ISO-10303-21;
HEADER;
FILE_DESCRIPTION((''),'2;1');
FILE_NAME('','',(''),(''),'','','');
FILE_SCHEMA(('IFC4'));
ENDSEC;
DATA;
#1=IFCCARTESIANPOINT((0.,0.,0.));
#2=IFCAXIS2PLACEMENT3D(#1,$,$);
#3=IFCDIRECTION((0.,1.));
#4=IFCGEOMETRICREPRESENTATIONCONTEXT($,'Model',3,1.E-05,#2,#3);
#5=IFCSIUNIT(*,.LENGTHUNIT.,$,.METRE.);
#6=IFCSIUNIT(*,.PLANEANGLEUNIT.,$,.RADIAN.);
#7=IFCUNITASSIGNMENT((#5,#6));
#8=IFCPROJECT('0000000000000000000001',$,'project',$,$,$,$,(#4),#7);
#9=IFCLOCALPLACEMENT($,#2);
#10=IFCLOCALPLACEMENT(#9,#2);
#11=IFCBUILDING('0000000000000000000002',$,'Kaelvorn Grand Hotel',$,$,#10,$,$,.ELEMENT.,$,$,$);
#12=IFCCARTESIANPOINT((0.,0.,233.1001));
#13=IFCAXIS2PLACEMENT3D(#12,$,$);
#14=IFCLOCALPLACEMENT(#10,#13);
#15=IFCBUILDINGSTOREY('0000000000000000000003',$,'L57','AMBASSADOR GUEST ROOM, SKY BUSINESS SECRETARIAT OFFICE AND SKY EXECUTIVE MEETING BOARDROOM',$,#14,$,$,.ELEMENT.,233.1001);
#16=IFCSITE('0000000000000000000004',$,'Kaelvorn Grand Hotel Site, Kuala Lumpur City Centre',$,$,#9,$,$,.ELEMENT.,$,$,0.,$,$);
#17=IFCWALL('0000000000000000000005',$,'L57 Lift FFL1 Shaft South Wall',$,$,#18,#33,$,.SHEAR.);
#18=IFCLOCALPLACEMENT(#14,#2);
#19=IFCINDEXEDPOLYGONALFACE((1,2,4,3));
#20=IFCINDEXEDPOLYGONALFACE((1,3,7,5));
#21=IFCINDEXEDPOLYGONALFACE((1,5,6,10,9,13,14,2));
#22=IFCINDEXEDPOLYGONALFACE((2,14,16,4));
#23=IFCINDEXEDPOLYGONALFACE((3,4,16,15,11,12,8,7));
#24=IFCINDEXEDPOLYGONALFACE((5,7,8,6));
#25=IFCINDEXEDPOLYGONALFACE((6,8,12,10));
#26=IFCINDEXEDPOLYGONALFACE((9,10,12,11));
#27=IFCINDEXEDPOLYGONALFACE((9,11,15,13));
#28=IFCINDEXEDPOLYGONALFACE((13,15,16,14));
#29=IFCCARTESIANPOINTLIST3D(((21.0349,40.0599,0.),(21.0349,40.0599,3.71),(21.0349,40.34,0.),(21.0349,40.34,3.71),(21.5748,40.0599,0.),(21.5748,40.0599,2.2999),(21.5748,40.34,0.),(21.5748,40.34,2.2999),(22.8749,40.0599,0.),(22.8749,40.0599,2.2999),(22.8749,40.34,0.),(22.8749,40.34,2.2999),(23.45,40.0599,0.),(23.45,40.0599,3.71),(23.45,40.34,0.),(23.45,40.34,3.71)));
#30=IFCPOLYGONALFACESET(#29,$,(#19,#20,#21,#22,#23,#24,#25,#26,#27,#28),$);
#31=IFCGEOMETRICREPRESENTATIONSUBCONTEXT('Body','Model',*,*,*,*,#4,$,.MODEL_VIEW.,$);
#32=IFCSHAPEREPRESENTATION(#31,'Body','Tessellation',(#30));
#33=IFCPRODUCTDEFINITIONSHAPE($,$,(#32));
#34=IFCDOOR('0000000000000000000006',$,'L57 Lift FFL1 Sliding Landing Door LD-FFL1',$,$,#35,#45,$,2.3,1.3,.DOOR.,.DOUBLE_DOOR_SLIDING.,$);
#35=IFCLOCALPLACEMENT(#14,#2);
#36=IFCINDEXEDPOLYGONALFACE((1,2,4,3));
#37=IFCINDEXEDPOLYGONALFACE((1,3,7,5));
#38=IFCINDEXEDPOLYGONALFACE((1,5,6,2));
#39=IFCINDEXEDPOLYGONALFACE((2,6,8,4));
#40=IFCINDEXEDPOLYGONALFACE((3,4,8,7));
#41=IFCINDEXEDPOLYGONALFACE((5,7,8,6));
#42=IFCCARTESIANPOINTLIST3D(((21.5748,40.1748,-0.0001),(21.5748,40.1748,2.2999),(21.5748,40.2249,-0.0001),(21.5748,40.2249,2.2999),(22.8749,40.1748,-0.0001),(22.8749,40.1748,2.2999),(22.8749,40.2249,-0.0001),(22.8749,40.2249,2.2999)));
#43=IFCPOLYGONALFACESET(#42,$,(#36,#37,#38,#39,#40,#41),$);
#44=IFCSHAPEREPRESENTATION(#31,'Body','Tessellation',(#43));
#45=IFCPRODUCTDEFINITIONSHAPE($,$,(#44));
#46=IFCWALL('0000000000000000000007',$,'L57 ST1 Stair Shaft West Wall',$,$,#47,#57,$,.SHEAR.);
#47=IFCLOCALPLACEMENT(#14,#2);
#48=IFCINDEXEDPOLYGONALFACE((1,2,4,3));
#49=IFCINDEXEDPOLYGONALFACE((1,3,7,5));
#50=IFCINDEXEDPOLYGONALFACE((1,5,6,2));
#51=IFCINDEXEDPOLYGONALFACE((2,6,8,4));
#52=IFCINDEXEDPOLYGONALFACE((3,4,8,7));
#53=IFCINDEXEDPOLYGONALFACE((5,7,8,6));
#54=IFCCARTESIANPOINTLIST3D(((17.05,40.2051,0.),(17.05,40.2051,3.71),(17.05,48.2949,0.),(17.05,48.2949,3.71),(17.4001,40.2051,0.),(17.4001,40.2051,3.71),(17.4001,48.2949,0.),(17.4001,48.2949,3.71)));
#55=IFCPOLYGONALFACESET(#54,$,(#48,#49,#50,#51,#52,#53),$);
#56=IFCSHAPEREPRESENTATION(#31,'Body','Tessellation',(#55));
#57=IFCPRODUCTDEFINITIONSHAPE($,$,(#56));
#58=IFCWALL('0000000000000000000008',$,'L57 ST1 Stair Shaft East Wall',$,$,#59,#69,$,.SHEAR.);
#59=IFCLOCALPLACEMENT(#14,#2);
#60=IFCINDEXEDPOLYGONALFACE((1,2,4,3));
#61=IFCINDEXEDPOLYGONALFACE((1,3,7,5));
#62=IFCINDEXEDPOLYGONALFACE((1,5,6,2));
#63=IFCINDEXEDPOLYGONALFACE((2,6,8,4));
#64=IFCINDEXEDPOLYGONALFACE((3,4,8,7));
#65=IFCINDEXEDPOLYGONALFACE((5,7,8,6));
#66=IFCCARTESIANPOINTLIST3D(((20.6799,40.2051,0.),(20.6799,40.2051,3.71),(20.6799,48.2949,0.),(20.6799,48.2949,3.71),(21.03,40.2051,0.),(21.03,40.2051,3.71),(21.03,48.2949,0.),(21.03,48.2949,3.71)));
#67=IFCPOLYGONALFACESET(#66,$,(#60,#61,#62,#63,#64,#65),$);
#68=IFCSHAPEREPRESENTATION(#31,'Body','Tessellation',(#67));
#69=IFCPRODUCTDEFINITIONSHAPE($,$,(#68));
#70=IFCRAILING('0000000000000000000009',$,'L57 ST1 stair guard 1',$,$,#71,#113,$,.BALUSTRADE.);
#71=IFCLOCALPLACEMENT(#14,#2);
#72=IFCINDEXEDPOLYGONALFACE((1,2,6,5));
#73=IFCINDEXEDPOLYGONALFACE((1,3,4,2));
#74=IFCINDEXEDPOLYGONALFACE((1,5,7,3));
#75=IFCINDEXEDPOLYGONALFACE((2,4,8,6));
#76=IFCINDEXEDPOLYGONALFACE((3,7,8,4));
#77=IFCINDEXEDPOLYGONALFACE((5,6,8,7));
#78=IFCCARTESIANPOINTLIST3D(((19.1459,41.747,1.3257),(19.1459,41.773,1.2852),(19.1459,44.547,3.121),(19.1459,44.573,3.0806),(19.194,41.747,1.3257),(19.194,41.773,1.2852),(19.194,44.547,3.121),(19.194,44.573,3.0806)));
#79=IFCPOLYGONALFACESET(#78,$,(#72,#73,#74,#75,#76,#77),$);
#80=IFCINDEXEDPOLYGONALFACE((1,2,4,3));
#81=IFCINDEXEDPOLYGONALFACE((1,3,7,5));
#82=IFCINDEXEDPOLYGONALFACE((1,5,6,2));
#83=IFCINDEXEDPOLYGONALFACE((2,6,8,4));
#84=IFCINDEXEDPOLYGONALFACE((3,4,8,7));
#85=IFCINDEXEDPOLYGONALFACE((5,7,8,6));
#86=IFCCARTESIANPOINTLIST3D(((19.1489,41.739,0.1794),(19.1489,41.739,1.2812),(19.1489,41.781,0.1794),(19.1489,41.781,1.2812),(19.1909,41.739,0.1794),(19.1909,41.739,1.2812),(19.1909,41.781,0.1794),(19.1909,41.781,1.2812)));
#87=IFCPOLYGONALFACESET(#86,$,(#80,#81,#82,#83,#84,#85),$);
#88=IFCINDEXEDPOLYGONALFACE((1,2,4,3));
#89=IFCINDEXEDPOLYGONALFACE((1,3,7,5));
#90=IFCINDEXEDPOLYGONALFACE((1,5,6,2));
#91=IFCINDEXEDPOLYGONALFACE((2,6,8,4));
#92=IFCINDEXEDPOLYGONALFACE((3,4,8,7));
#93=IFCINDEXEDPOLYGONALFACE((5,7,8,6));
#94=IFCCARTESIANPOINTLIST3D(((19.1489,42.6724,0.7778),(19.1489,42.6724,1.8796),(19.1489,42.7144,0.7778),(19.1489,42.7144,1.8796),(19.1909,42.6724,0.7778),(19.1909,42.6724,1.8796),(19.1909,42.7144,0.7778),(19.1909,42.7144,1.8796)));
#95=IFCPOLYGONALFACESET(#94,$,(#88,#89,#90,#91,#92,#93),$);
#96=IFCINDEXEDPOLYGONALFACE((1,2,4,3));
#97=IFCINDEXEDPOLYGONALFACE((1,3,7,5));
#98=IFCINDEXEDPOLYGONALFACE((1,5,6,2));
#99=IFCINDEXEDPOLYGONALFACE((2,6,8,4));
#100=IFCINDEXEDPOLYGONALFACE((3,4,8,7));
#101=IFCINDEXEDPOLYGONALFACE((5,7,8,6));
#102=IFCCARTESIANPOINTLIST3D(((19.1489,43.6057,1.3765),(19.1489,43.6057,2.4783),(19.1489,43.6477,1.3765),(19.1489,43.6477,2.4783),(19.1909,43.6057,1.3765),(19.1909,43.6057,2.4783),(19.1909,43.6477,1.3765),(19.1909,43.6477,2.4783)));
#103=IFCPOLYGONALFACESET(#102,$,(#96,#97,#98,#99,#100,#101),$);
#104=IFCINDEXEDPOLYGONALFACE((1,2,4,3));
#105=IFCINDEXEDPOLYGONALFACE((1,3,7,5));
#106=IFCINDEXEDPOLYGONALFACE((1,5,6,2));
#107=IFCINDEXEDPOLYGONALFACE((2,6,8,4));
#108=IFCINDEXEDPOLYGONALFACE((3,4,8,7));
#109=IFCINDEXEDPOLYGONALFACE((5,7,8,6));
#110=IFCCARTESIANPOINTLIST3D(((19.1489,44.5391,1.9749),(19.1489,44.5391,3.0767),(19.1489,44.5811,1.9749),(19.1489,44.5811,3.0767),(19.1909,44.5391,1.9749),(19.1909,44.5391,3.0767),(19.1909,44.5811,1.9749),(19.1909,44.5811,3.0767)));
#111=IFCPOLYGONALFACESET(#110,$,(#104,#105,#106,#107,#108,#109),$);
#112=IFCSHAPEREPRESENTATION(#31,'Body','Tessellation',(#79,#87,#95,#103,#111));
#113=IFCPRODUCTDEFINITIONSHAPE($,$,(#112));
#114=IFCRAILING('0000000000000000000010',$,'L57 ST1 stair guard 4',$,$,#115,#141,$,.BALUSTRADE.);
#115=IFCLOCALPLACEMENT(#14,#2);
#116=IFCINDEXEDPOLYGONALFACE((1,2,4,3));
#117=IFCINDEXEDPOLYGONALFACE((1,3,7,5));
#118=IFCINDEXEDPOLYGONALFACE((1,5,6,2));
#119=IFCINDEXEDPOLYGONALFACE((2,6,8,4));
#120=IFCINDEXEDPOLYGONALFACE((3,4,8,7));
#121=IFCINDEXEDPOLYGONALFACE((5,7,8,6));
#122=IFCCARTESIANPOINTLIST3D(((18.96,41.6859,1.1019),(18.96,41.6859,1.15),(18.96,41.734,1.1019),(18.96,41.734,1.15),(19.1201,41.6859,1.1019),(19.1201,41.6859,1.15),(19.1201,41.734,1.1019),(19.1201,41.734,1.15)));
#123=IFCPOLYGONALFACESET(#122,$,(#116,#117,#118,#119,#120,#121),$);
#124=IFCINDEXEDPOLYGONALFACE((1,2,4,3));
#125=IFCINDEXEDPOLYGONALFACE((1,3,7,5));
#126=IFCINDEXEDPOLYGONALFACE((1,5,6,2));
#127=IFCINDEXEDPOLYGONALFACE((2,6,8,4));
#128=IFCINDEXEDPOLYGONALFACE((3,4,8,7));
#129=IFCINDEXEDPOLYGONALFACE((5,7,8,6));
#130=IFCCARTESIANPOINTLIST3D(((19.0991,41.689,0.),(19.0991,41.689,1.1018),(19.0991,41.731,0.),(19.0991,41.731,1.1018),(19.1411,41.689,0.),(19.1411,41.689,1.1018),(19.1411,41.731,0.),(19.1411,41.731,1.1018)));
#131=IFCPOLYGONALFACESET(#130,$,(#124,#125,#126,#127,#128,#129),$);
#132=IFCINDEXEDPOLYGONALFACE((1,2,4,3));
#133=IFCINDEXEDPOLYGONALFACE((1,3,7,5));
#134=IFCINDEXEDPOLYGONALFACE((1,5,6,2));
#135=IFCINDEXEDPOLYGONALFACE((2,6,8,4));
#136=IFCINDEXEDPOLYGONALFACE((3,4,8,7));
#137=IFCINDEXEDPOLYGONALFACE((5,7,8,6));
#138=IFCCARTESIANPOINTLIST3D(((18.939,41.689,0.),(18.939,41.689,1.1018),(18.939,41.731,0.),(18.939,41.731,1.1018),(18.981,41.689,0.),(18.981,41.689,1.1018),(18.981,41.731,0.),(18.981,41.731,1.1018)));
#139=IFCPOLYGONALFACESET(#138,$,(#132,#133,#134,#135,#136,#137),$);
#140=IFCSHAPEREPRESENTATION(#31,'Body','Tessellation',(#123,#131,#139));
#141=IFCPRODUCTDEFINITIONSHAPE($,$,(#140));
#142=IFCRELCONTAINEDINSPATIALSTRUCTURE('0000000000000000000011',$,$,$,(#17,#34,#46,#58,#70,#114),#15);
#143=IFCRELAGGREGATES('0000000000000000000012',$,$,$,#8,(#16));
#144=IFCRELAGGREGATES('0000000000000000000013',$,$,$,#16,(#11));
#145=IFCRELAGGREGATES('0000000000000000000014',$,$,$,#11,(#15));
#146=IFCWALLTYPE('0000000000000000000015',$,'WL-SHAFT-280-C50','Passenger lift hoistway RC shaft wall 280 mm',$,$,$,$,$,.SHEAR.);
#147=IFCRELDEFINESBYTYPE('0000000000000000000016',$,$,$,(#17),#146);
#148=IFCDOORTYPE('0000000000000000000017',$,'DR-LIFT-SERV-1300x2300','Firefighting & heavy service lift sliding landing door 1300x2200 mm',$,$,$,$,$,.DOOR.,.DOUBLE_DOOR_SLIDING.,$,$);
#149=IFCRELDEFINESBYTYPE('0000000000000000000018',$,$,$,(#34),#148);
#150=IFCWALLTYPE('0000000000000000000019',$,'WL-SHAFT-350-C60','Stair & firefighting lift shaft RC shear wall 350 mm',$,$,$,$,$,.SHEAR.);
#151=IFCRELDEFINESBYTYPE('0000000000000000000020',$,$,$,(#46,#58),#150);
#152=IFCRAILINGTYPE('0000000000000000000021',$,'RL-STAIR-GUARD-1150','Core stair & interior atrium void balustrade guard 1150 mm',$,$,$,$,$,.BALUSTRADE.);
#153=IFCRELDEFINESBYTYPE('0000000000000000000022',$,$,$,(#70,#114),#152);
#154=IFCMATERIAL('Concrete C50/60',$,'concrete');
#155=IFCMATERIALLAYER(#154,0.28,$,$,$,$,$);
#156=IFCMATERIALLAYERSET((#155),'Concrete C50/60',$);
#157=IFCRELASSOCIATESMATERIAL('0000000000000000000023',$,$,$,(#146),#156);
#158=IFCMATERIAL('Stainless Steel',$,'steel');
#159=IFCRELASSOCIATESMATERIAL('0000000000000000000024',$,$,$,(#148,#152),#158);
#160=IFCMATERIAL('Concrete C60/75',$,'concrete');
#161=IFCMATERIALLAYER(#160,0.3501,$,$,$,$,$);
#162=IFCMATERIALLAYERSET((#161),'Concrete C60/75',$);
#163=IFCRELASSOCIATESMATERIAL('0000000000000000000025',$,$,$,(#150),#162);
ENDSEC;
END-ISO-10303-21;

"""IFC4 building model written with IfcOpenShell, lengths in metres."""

from ifc_helpers import new_model, si_unit, direction, frame, frame_2d, origin, origin_2d, place, context, subcontext, project, spatial, rectangle, extrude, material, layer, layer_set, type_object, element, fill, save


model = new_model("IFC4")

# Units and contexts
model_context = context("Model", 3, precision=1e-05, world=origin(), true_north=direction((0.0, 1.0)))
body_context = subcontext(model_context, "Body", "Model", "MODEL_VIEW")
ifc_project = project(units=[si_unit("LENGTHUNIT", "METRE"), si_unit("PLANEANGLEUNIT", "RADIAN")], contexts=[model_context])

# Site, building, storey
site_placement = place(None, origin())
site = spatial("IfcSite", under=ifc_project, at=site_placement, Name="Kaelvorn Grand Hotel Site, Kuala Lumpur City Centre", CompositionType="ELEMENT", RefElevation=0.0)
building_placement = place(site_placement, origin())
building = spatial("IfcBuilding", under=site, at=building_placement, Name="Kaelvorn Grand Hotel", CompositionType="ELEMENT")
storey_placement = place(building_placement, frame((0.0, 0.0, 233.1001)))
storey = spatial("IfcBuildingStorey", under=building, at=storey_placement, Name="L57", Description="AMBASSADOR GUEST ROOM, SKY BUSINESS SECRETARIAT OFFICE AND SKY EXECUTIVE MEETING BOARDROOM", CompositionType="ELEMENT", Elevation=233.1001)

# Shared definitions
ifc_material_1 = material(Name="Concrete C50/60", Category="concrete")

# Wall, opening, door
ifc_layer_1 = layer(ifc_material_1, 0.28)
ifc_layer_set_1 = layer_set([ifc_layer_1], Name="Concrete C50/60")
wall_type_1 = type_object("IfcWallType", Name="WL-SHAFT-280-C50", Description="Passenger lift hoistway RC shaft wall 280 mm", PredefinedType="SHEAR", material=ifc_layer_set_1)
wall_1_placement = place(storey_placement, frame((21.0349, 40.2, 0.0), z_axis=(0.0, 0.0, 1.0), x_axis=(1.0, 0.0, 0.0)))
wall_1 = element("IfcWall", 1, at=wall_1_placement, inside=storey, type_object=wall_type_1, Name="L57 Lift FFL1 Shaft South Wall", PredefinedType="SHEAR", context=body_context, shape_type="SweptSolid", body=[
    extrude(rectangle(XDim=2.415, YDim=0.28, at=frame_2d((1.2075, 0.0))), origin(), (0.0, 0.0, 1.0), 3.71),
])
opening_1_placement = place(wall_1_placement, frame((0.54, 0.0, 0.0)))
opening_1 = element("IfcOpeningElement", 2, at=opening_1_placement, cuts=wall_1, PredefinedType="OPENING", context=body_context, shape_type="SweptSolid", body=[
    extrude(rectangle(XDim=1.3, YDim=2.3, at=frame_2d((0.6499, 1.1499))), frame((0.0, 0.1499, 0.0), z_axis=(0.0, -1.0, 0.0), x_axis=(1.0, 0.0, 0.0)), (0.0, 0.0, 1.0), 0.3),
])
ifc_material_2 = material(Name="Stainless Steel", Category="steel")
door_type_1 = type_object("IfcDoorType", Name="DR-LIFT-SERV-1300x2300", Description="Firefighting & heavy service lift sliding landing door 1300x2200 mm", OperationType="DOUBLE_DOOR_SLIDING", PredefinedType="DOOR", material=ifc_material_2)
door_1_placement = place(opening_1_placement, origin())
door_1 = element("IfcDoor", 3, at=door_1_placement, inside=storey, type_object=door_type_1, Name="L57 Lift FFL1 Sliding Landing Door LD-FFL1", OperationType="DOUBLE_DOOR_SLIDING", OverallHeight=2.3, OverallWidth=1.3, PredefinedType="DOOR", context=body_context, shape_type="SweptSolid", body=[
    extrude(rectangle(XDim=1.3, YDim=2.3, at=frame_2d((0.6499, 1.1499))), frame((0.0, 0.0249, 0.0), z_axis=(0.0, -1.0, 0.0), x_axis=(1.0, 0.0, 0.0)), (0.0, 0.0, 1.0), 0.05),
])
fill(opening_1, door_1)
ifc_material_3 = material(Name="Concrete C60/75", Category="concrete")
ifc_layer_2 = layer(ifc_material_3, 0.3501)
ifc_layer_set_2 = layer_set([ifc_layer_2], Name="Concrete C60/75")
wall_type_2 = type_object("IfcWallType", Name="WL-SHAFT-350-C60", Description="Stair & firefighting lift shaft RC shear wall 350 mm", PredefinedType="SHEAR", material=ifc_layer_set_2)

# Walls
for number, where, z_axis, x_axis, name in (
    (4, (17.2251, 40.2051, 0.0), (0.0, 0.0, 1.0), (0.0, 1.0, 0.0), "L57 ST1 Stair Shaft West Wall"),
    (5, (20.855, 40.2051, 0.0), (0.0, 0.0, 1.0), (0.0, 1.0, 0.0), "L57 ST1 Stair Shaft East Wall"),
):
    element("IfcWall", number, at=place(storey_placement, frame(where, z_axis=z_axis, x_axis=x_axis)), inside=storey, type_object=wall_type_2, Name=name, PredefinedType="SHEAR", context=body_context, shape_type="SweptSolid", body=[
        extrude(rectangle(XDim=8.0898, YDim=0.3501, at=frame_2d((4.0449, 0.0))), origin(), (0.0, 0.0, 1.0), 3.71),
    ])

# Railings
railing_type = type_object("IfcRailingType", Name="RL-STAIR-GUARD-1150", Description="Core stair & interior atrium void balustrade guard 1150 mm", PredefinedType="BALUSTRADE", material=ifc_material_2)
railing_1_placement = place(storey_placement, frame((19.1699, 41.76, 0.1794)))
element("IfcRailing", 6, at=railing_1_placement, inside=storey, type_object=railing_type, Name="L57 ST1 stair guard 1", PredefinedType="BALUSTRADE", context=body_context, shape_type="SweptSolid", body=[
    extrude(rectangle(XDim=0.0481, YDim=0.0481, at=origin_2d()), frame((0.0, 0.0, 1.126), z_axis=(0.0, 0.84181, 0.539774), x_axis=(-1.0, 0.0, 0.0)), (0.0, 0.0, 1.0), 3.3262),
    extrude(rectangle(XDim=0.042, YDim=0.042, at=origin_2d()), origin(), (0.0, 0.0, 1.0), 1.1018),
    extrude(rectangle(XDim=0.042, YDim=0.042, at=origin_2d()), frame((0.0, 0.9333, 0.5984)), (0.0, 0.0, 1.0), 1.1018),
    extrude(rectangle(XDim=0.042, YDim=0.042, at=origin_2d()), frame((0.0, 1.8667, 1.197)), (0.0, 0.0, 1.0), 1.1018),
    extrude(rectangle(XDim=0.042, YDim=0.042, at=origin_2d()), frame((0.0, 2.8, 1.7954)), (0.0, 0.0, 1.0), 1.1018),
])
railing_2_placement = place(storey_placement, frame((19.1201, 41.71, 0.0)))
element("IfcRailing", 7, at=railing_2_placement, inside=storey, type_object=railing_type, Name="L57 ST1 stair guard 4", PredefinedType="BALUSTRADE", context=body_context, shape_type="SweptSolid", body=[
    extrude(rectangle(XDim=0.0481, YDim=0.0481, at=origin_2d()), frame((0.0, 0.0, 1.126), z_axis=(-1.0, 0.0, 0.0), x_axis=(0.0, -1.0, 0.0)), (0.0, 0.0, 1.0), 0.1602),
    extrude(rectangle(XDim=0.042, YDim=0.042, at=origin_2d()), origin(), (0.0, 0.0, 1.0), 1.1018),
    extrude(rectangle(XDim=0.042, YDim=0.042, at=origin_2d()), frame((-0.1602, 0.0, 0.0)), (0.0, 0.0, 1.0), 1.1018),
])

save(model, "model.ifc")
